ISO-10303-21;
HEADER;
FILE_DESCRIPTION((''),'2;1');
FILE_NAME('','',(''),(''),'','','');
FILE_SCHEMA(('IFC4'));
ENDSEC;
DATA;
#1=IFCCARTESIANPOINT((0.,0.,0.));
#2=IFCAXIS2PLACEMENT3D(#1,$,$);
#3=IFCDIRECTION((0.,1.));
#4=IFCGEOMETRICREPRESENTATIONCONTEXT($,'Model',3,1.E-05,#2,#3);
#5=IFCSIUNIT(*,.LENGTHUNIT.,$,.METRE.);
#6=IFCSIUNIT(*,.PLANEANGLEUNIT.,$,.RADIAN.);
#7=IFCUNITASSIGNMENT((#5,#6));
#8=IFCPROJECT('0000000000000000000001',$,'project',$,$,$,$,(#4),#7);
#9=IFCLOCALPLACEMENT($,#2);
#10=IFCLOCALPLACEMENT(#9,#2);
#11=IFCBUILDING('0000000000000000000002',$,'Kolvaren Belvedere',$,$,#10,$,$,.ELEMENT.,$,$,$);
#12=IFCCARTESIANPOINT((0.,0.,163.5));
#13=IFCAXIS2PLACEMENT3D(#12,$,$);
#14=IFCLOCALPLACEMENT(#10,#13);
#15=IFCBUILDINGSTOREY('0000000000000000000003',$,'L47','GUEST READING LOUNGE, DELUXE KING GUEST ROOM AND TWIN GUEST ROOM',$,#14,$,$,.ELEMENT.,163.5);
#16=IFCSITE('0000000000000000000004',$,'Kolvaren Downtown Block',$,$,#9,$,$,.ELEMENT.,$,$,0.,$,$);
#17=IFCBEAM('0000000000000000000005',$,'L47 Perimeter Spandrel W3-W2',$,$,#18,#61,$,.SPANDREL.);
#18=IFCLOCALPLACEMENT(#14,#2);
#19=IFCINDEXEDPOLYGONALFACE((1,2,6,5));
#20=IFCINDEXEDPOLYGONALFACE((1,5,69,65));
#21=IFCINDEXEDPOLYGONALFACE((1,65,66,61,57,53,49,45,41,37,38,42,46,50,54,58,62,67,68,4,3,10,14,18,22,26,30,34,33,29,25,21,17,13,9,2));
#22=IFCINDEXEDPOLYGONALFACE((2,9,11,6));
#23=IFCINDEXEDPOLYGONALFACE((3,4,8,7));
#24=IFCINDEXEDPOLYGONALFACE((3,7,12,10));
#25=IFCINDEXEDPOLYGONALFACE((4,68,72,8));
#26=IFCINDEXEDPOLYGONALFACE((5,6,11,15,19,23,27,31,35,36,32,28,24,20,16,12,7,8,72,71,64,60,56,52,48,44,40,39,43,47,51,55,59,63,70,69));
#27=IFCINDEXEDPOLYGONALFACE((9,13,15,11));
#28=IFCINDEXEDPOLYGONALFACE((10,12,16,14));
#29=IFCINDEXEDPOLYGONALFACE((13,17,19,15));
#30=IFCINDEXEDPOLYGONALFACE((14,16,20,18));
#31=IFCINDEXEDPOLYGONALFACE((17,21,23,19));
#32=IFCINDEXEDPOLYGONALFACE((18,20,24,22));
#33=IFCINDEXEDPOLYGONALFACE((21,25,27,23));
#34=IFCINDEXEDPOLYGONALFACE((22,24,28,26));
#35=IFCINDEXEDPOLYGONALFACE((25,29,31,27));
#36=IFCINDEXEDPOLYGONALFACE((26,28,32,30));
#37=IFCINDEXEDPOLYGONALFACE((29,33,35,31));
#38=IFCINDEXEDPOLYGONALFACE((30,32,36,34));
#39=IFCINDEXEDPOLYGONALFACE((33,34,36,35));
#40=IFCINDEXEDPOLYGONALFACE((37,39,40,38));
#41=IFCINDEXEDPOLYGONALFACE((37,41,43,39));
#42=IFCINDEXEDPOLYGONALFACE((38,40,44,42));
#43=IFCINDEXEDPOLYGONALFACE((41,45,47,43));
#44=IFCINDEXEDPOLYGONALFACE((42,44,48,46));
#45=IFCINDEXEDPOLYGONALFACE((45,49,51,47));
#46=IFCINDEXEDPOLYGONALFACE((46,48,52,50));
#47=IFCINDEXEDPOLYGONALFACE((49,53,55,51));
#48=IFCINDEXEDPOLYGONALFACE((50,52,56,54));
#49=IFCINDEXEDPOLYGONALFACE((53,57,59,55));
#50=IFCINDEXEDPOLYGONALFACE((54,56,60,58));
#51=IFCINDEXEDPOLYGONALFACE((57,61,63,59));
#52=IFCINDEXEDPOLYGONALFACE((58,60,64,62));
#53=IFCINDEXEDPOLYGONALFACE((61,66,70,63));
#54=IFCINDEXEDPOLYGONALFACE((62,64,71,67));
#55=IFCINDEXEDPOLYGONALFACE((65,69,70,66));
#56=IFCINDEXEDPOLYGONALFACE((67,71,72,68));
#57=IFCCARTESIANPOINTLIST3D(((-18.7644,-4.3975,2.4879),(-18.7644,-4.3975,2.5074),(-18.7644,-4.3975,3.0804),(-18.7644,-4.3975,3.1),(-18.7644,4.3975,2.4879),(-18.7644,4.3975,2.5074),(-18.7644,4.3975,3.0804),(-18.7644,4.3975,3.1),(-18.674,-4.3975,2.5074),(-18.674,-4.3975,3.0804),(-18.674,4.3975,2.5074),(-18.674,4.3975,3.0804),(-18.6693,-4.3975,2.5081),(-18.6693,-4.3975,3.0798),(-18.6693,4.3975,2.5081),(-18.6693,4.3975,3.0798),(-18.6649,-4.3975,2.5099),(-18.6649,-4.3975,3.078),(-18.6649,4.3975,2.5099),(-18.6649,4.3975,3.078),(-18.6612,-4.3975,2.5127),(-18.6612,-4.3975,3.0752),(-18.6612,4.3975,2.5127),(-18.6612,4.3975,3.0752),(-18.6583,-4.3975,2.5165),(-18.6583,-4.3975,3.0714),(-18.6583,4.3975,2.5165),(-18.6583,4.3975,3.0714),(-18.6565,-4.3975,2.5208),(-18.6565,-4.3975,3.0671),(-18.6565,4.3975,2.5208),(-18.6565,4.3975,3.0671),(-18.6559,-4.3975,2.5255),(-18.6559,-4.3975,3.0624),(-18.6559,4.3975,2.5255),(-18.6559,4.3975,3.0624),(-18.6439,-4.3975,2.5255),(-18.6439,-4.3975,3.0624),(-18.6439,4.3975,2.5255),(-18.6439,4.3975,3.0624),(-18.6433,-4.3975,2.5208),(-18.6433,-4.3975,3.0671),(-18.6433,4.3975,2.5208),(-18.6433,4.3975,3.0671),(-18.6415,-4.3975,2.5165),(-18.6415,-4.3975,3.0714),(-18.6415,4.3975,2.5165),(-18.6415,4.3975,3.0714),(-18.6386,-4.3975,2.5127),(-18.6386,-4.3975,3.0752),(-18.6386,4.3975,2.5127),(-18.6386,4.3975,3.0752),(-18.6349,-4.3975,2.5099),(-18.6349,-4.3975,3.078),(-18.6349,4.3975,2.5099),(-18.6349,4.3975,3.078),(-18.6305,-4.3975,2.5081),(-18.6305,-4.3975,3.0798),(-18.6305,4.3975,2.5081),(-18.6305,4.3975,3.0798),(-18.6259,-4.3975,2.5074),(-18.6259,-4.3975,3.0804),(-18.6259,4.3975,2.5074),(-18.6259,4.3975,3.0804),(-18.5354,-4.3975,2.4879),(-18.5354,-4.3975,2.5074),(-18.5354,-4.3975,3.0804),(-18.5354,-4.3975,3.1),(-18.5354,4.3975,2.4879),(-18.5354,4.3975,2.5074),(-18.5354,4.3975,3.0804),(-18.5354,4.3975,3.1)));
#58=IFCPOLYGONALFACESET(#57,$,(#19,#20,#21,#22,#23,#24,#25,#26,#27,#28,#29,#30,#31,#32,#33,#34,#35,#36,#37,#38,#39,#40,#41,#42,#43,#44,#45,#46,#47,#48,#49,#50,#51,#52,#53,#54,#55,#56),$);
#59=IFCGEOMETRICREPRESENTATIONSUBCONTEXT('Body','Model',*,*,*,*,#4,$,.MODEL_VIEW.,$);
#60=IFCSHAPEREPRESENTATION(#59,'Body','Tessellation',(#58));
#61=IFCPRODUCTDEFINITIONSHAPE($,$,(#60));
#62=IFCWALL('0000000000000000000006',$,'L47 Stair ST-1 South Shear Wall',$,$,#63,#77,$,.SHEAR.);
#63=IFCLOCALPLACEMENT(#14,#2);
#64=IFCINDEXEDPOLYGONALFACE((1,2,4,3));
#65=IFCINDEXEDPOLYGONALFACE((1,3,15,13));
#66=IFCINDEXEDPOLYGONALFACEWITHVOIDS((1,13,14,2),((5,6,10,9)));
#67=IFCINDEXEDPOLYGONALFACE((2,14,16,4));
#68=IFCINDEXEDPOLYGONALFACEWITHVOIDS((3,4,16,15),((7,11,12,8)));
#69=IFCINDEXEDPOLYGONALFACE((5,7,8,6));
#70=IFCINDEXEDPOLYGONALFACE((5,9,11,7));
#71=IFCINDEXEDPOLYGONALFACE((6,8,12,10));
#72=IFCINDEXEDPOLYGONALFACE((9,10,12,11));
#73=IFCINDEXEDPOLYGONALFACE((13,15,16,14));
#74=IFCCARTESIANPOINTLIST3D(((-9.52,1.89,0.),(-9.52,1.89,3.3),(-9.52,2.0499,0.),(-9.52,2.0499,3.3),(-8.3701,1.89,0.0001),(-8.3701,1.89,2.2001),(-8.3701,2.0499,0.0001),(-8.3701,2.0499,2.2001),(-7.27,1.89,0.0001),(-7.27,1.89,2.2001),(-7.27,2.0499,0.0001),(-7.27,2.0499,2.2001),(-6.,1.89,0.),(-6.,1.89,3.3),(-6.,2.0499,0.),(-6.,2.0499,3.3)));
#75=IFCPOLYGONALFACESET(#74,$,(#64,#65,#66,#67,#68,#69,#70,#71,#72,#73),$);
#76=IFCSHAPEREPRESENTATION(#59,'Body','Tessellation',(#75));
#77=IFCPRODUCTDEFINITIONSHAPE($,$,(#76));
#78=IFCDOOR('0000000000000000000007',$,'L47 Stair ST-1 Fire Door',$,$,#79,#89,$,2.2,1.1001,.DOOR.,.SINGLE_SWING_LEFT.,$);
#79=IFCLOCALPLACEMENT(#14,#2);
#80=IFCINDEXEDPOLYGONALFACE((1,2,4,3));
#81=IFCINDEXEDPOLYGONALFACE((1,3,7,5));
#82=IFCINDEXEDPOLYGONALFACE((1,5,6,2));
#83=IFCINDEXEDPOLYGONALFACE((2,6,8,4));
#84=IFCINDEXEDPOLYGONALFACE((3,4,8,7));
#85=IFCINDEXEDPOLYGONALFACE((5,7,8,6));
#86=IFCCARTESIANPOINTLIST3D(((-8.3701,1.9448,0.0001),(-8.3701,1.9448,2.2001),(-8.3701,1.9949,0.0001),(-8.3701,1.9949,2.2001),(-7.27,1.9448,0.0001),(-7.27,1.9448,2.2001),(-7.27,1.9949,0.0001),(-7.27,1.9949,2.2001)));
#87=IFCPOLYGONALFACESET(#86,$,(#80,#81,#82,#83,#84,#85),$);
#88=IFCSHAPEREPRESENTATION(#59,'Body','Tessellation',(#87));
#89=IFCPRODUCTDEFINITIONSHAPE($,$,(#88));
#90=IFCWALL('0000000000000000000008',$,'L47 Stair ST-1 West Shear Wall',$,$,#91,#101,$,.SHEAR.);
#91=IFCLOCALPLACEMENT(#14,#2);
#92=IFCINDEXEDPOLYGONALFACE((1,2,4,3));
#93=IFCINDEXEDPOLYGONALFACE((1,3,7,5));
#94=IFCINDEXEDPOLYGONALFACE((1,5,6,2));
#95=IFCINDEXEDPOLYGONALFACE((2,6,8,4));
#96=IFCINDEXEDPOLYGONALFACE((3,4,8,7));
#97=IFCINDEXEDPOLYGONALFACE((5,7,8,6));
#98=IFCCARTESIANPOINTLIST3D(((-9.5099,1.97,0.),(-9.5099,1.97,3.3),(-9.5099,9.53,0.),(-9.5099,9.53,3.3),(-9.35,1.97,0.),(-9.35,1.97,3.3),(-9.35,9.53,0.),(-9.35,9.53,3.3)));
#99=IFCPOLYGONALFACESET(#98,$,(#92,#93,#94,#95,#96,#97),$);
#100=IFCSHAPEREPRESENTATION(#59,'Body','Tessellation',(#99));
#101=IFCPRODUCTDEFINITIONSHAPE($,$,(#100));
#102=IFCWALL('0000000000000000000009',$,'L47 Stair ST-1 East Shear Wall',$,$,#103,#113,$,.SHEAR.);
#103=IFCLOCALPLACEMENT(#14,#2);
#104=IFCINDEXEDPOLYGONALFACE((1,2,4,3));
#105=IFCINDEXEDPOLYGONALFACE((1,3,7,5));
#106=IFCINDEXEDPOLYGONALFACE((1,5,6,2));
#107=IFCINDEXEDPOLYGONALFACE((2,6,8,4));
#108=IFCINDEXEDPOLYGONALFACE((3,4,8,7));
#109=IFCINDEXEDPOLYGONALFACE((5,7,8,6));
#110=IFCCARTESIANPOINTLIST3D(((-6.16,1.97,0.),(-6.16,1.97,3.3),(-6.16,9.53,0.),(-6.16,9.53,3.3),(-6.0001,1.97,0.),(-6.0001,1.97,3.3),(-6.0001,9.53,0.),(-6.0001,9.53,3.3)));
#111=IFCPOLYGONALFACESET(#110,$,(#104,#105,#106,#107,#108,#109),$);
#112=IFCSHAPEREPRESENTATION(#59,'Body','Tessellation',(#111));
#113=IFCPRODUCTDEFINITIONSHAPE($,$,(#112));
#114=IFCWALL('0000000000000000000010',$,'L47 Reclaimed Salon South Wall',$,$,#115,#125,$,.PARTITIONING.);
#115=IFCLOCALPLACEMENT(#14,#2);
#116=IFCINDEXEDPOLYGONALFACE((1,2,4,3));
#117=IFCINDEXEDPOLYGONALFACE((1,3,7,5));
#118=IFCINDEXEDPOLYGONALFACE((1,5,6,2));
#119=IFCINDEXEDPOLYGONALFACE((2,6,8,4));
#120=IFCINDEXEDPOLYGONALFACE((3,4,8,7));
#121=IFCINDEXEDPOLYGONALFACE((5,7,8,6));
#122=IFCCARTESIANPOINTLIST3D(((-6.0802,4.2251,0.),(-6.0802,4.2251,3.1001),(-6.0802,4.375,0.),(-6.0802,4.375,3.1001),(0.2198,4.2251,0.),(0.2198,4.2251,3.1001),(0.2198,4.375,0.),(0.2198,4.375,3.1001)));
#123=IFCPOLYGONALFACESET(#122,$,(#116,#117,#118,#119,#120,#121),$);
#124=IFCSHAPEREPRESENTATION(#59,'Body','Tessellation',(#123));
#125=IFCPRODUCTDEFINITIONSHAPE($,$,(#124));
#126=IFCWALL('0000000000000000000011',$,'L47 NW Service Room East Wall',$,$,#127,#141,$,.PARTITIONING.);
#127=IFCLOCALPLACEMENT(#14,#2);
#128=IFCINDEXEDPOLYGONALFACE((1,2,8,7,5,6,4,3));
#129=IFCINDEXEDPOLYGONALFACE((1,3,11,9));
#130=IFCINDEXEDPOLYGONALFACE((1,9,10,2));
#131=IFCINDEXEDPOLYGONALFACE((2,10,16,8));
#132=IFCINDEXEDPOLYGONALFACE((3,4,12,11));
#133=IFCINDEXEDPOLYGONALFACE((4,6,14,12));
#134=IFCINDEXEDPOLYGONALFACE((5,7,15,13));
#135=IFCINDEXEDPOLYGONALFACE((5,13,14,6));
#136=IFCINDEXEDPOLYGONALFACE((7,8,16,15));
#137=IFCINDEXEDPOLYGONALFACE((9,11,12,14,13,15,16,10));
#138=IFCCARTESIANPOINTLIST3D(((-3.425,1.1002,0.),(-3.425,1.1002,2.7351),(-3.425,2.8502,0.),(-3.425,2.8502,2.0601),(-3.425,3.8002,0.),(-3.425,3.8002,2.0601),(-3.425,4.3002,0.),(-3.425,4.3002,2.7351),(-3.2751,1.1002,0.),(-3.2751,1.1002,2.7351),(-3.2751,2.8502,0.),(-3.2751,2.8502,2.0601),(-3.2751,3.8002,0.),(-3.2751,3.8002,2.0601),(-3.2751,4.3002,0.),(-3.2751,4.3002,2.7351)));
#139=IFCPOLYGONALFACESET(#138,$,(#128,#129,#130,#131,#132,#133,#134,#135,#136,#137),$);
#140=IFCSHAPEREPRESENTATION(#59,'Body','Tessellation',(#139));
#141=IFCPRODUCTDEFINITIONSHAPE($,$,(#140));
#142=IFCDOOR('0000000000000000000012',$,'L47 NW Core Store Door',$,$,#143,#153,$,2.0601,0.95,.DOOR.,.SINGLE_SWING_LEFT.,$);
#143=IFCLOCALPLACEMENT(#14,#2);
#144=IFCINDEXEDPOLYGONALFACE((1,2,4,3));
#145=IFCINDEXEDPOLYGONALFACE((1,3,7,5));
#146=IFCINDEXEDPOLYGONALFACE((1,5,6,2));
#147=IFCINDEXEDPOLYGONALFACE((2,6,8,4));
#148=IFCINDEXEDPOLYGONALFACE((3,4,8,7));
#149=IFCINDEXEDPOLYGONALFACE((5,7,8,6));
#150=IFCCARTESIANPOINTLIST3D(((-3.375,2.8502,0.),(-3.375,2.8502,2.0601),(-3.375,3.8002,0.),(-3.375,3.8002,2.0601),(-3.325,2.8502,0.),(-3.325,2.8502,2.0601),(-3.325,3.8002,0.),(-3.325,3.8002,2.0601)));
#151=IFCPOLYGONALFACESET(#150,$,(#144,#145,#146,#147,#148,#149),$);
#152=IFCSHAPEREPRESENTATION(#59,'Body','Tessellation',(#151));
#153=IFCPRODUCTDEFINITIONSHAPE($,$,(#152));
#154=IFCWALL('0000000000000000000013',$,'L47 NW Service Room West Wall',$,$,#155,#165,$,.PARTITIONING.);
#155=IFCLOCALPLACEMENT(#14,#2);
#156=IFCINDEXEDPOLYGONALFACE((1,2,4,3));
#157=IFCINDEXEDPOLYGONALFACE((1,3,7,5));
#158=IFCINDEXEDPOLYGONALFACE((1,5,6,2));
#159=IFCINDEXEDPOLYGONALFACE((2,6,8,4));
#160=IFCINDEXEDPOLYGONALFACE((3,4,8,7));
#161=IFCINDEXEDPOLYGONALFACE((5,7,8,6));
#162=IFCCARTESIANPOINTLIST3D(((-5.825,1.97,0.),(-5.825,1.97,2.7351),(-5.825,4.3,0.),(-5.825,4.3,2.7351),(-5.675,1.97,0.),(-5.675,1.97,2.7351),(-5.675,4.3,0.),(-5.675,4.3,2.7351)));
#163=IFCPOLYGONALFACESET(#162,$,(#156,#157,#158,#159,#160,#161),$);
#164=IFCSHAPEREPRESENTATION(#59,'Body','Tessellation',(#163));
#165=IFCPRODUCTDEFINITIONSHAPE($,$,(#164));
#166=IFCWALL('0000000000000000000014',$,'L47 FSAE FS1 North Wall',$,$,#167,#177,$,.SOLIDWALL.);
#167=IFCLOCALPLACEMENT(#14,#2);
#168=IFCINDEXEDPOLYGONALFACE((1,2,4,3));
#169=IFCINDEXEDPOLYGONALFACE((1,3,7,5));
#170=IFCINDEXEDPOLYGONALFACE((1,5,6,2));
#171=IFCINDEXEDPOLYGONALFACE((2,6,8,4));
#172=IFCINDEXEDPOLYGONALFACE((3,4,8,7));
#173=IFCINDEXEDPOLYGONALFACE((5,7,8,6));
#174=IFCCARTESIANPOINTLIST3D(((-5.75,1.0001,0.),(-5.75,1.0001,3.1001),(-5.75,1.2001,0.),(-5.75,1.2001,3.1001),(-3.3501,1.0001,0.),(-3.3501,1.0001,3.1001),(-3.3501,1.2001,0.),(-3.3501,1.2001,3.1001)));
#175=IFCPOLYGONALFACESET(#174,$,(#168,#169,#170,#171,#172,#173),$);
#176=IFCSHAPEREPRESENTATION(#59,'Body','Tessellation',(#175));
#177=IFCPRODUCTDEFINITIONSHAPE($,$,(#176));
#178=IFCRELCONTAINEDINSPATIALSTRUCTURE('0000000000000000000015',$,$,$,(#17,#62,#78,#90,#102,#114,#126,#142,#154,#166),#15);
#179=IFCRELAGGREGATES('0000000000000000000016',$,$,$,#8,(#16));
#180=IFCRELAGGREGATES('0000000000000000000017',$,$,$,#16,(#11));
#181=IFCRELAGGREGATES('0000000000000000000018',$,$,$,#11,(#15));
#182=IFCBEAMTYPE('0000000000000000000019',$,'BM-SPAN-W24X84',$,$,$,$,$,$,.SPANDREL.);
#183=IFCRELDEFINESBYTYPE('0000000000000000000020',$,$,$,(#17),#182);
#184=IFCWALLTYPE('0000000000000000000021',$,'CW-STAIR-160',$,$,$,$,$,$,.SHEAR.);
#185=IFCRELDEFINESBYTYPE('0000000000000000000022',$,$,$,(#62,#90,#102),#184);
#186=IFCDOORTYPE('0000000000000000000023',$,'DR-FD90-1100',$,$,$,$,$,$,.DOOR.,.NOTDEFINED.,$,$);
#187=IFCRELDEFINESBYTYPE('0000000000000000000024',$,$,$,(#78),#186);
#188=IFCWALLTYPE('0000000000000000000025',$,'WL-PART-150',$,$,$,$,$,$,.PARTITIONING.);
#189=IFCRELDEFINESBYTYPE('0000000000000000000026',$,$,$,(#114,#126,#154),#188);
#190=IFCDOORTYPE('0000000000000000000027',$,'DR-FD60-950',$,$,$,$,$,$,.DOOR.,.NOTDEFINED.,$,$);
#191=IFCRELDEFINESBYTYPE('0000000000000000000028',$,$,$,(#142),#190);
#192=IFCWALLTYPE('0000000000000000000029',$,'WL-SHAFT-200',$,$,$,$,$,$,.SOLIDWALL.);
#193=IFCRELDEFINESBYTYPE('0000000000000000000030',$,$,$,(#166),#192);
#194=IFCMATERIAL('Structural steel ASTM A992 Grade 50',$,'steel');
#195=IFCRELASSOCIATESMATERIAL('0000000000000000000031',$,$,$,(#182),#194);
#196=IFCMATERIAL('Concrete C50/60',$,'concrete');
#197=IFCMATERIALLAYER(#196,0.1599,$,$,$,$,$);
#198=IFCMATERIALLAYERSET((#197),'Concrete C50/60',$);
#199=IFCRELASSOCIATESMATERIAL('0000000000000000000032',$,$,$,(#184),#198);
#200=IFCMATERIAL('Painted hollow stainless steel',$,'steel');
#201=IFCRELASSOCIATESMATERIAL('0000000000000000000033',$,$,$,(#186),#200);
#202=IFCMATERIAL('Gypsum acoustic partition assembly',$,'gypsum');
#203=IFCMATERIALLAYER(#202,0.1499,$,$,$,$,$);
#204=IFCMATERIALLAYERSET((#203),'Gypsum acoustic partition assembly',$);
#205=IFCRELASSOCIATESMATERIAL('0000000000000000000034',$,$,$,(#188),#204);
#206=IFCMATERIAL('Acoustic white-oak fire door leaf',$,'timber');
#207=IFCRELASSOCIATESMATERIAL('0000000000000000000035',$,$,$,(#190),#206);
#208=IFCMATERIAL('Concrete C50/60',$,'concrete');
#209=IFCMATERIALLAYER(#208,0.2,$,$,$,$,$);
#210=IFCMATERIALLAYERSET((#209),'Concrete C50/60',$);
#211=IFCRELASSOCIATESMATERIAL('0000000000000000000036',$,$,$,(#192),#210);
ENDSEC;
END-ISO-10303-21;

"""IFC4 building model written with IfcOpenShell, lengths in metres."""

from ifc_helpers import new_model, si_unit, direction, frame, frame_2d, origin, origin_2d, place, context, subcontext, project, spatial, rectangle, i_section, extrude, material, layer, layer_set, material_profile, profile_set, type_object, element, fill, save


model = new_model("IFC4")

# Units and contexts
model_context = context("Model", 3, precision=1e-05, world=origin(), true_north=direction((0.0, 1.0)))
body_context = subcontext(model_context, "Body", "Model", "MODEL_VIEW")
ifc_project = project(units=[si_unit("LENGTHUNIT", "METRE"), si_unit("PLANEANGLEUNIT", "RADIAN")], contexts=[model_context])

# Site, building, storey
site_placement = place(None, origin())
site = spatial("IfcSite", under=ifc_project, at=site_placement, Name="Kolvaren Downtown Block", CompositionType="ELEMENT", RefElevation=0.0)
building_placement = place(site_placement, origin())
building = spatial("IfcBuilding", under=site, at=building_placement, Name="Kolvaren Belvedere", CompositionType="ELEMENT")
storey_placement = place(building_placement, frame((0.0, 0.0, 163.5)))
storey = spatial("IfcBuildingStorey", under=building, at=storey_placement, Name="L47", Description="GUEST READING LOUNGE, DELUXE KING GUEST ROOM AND TWIN GUEST ROOM", CompositionType="ELEMENT", Elevation=163.5)

# Beam
ifc_material_1 = material(Name="Structural steel ASTM A992 Grade 50", Category="steel")
ifc_material_profile_1 = material_profile(ifc_material_1, i_section(OverallWidth=0.229, OverallDepth=0.6121, WebThickness=0.012, FlangeThickness=0.0195, FilletRadius=0.0181, at=origin_2d()), Name="W24X84")
ifc_profile_set_1 = profile_set([ifc_material_profile_1], Name="Structural steel ASTM A992 Grade 50")
beam_type_1 = type_object("IfcBeamType", Name="BM-SPAN-W24X84", PredefinedType="SPANDREL", material=ifc_profile_set_1)
beam_1_placement = place(storey_placement, frame((-18.6499, 4.3975, 2.7939), z_axis=(0.0, -1.0, 0.0), x_axis=(1.0, 0.0, 0.0)))
element("IfcBeam", 1, at=beam_1_placement, inside=storey, type_object=beam_type_1, Name="L47 Perimeter Spandrel W3-W2", PredefinedType="SPANDREL", context=body_context, shape_type="SweptSolid", body=[
    extrude(i_section(OverallWidth=0.229, OverallDepth=0.6121, WebThickness=0.012, FlangeThickness=0.0195, FilletRadius=0.0181, at=origin_2d()), origin(), (0.0, 0.0, 1.0), 8.7949),
])

# Wall, opening, door
ifc_material_2 = material(Name="Concrete C50/60", Category="concrete")
ifc_layer_1 = layer(ifc_material_2, 0.1599)
ifc_layer_set_1 = layer_set([ifc_layer_1], Name="Concrete C50/60")
wall_type_1 = type_object("IfcWallType", Name="CW-STAIR-160", PredefinedType="SHEAR", material=ifc_layer_set_1)
wall_1_placement = place(storey_placement, frame((-9.52, 1.97, 0.0), z_axis=(0.0, 0.0, 1.0), x_axis=(1.0, 0.0, 0.0)))
wall_1 = element("IfcWall", 2, at=wall_1_placement, inside=storey, type_object=wall_type_1, Name="L47 Stair ST-1 South Shear Wall", PredefinedType="SHEAR", context=body_context, shape_type="SweptSolid", body=[
    extrude(rectangle(XDim=3.52, YDim=0.1599, at=frame_2d((1.76, 0.0))), origin(), (0.0, 0.0, 1.0), 3.3),
])
opening_1_placement = place(wall_1_placement, frame((1.1499, 0.0, 0.0)))
opening_1 = element("IfcOpeningElement", 3, at=opening_1_placement, cuts=wall_1, PredefinedType="OPENING", context=body_context, shape_type="SweptSolid", body=[
    extrude(rectangle(XDim=1.1001, YDim=2.2, at=frame_2d((0.55, 1.1001))), frame((0.0, 0.0898, 0.0), z_axis=(0.0, -1.0, 0.0), x_axis=(1.0, 0.0, 0.0)), (0.0, 0.0, 1.0), 0.1799),
])
ifc_material_3 = material(Name="Painted hollow stainless steel", Category="steel")
door_type_1 = type_object("IfcDoorType", Name="DR-FD90-1100", OperationType="NOTDEFINED", PredefinedType="DOOR", material=ifc_material_3)
door_1_placement = place(opening_1_placement, origin())
door_1 = element("IfcDoor", 4, at=door_1_placement, inside=storey, type_object=door_type_1, Name="L47 Stair ST-1 Fire Door", OperationType="SINGLE_SWING_LEFT", OverallHeight=2.2, OverallWidth=1.1001, PredefinedType="DOOR", context=body_context, shape_type="SweptSolid", body=[
    extrude(rectangle(XDim=1.1001, YDim=2.2, at=frame_2d((0.55, 1.1001))), frame((0.0, 0.0249, 0.0), z_axis=(0.0, -1.0, 0.0), x_axis=(1.0, 0.0, 0.0)), (0.0, 0.0, 1.0), 0.05),
])
fill(opening_1, door_1)

# Walls
for number, where, z_axis, x_axis, name in (
    (5, (-9.4299, 1.97, 0.0), (0.0, 0.0, 1.0), (0.0, 1.0, 0.0), "L47 Stair ST-1 West Shear Wall"),
    (6, (-6.0801, 1.97, 0.0), (0.0, 0.0, 1.0), (0.0, 1.0, 0.0), "L47 Stair ST-1 East Shear Wall"),
):
    element("IfcWall", number, at=place(storey_placement, frame(where, z_axis=z_axis, x_axis=x_axis)), inside=storey, type_object=wall_type_1, Name=name, PredefinedType="SHEAR", context=body_context, shape_type="SweptSolid", body=[
        extrude(rectangle(XDim=7.5601, YDim=0.1599, at=frame_2d((3.78, 0.0))), origin(), (0.0, 0.0, 1.0), 3.3),
    ])
ifc_material_4 = material(Name="Gypsum acoustic partition assembly", Category="gypsum")
ifc_layer_2 = layer(ifc_material_4, 0.1499)
ifc_layer_set_2 = layer_set([ifc_layer_2], Name="Gypsum acoustic partition assembly")
wall_type_2 = type_object("IfcWallType", Name="WL-PART-150", PredefinedType="PARTITIONING", material=ifc_layer_set_2)
wall_2_placement = place(storey_placement, frame((-6.0801, 4.3, 0.0), z_axis=(0.0, 0.0, 1.0), x_axis=(1.0, 0.0, 0.0)))
element("IfcWall", 7, at=wall_2_placement, inside=storey, type_object=wall_type_2, Name="L47 Reclaimed Salon South Wall", PredefinedType="PARTITIONING", context=body_context, shape_type="SweptSolid", body=[
    extrude(rectangle(XDim=6.3, YDim=0.1499, at=frame_2d((3.1499, 0.0))), origin(), (0.0, 0.0, 1.0), 3.1001),
])

# Wall, opening, door
wall_3_placement = place(storey_placement, frame((-3.3501, 1.1001, 0.0), z_axis=(0.0, 0.0, 1.0), x_axis=(0.0, 1.0, 0.0)))
wall_3 = element("IfcWall", 8, at=wall_3_placement, inside=storey, type_object=wall_type_2, Name="L47 NW Service Room East Wall", PredefinedType="PARTITIONING", context=body_context, shape_type="SweptSolid", body=[
    extrude(rectangle(XDim=3.2, YDim=0.1499, at=frame_2d((1.6001, 0.0))), origin(), (0.0, 0.0, 1.0), 2.7351),
])
opening_2_placement = place(wall_3_placement, frame((1.75, 0.0, 0.0)))
opening_2 = element("IfcOpeningElement", 9, at=opening_2_placement, cuts=wall_3, PredefinedType="OPENING", context=body_context, shape_type="SweptSolid", body=[
    extrude(rectangle(XDim=0.95, YDim=2.0601, at=frame_2d((0.4751, 1.03))), frame((0.0, 0.085, 0.0), z_axis=(0.0, -1.0, 0.0), x_axis=(1.0, 0.0, 0.0)), (0.0, 0.0, 1.0), 0.1699),
])
ifc_material_5 = material(Name="Acoustic white-oak fire door leaf", Category="timber")
door_type_2 = type_object("IfcDoorType", Name="DR-FD60-950", OperationType="NOTDEFINED", PredefinedType="DOOR", material=ifc_material_5)
door_2_placement = place(opening_2_placement, origin())
door_2 = element("IfcDoor", 10, at=door_2_placement, inside=storey, type_object=door_type_2, Name="L47 NW Core Store Door", OperationType="SINGLE_SWING_LEFT", OverallHeight=2.0601, OverallWidth=0.95, PredefinedType="DOOR", context=body_context, shape_type="SweptSolid", body=[
    extrude(rectangle(XDim=0.95, YDim=2.0601, at=frame_2d((0.4751, 1.03))), frame((0.0, 0.0249, 0.0), z_axis=(0.0, -1.0, 0.0), x_axis=(1.0, 0.0, 0.0)), (0.0, 0.0, 1.0), 0.05),
])
fill(opening_2, door_2)

# Walls
wall_4_placement = place(storey_placement, frame((-5.75, 1.97, 0.0), z_axis=(0.0, 0.0, 1.0), x_axis=(0.0, 1.0, 0.0)))
element("IfcWall", 11, at=wall_4_placement, inside=storey, type_object=wall_type_2, Name="L47 NW Service Room West Wall", PredefinedType="PARTITIONING", context=body_context, shape_type="SweptSolid", body=[
    extrude(rectangle(XDim=2.3301, YDim=0.1499, at=frame_2d((1.165, 0.0))), origin(), (0.0, 0.0, 1.0), 2.7351),
])
ifc_material_6 = material(Name="Concrete C50/60", Category="concrete")
ifc_layer_3 = layer(ifc_material_6, 0.2)
ifc_layer_set_3 = layer_set([ifc_layer_3], Name="Concrete C50/60")
wall_type_3 = type_object("IfcWallType", Name="WL-SHAFT-200", PredefinedType="SOLIDWALL", material=ifc_layer_set_3)
wall_5_placement = place(storey_placement, frame((-5.75, 1.1001, 0.0), z_axis=(0.0, 0.0, 1.0), x_axis=(1.0, 0.0, 0.0)))
element("IfcWall", 12, at=wall_5_placement, inside=storey, type_object=wall_type_3, Name="L47 FSAE FS1 North Wall", PredefinedType="SOLIDWALL", context=body_context, shape_type="SweptSolid", body=[
    extrude(rectangle(XDim=2.3999, YDim=0.2, at=frame_2d((1.2, 0.0))), origin(), (0.0, 0.0, 1.0), 3.1001),
])

save(model, "model.ifc")
